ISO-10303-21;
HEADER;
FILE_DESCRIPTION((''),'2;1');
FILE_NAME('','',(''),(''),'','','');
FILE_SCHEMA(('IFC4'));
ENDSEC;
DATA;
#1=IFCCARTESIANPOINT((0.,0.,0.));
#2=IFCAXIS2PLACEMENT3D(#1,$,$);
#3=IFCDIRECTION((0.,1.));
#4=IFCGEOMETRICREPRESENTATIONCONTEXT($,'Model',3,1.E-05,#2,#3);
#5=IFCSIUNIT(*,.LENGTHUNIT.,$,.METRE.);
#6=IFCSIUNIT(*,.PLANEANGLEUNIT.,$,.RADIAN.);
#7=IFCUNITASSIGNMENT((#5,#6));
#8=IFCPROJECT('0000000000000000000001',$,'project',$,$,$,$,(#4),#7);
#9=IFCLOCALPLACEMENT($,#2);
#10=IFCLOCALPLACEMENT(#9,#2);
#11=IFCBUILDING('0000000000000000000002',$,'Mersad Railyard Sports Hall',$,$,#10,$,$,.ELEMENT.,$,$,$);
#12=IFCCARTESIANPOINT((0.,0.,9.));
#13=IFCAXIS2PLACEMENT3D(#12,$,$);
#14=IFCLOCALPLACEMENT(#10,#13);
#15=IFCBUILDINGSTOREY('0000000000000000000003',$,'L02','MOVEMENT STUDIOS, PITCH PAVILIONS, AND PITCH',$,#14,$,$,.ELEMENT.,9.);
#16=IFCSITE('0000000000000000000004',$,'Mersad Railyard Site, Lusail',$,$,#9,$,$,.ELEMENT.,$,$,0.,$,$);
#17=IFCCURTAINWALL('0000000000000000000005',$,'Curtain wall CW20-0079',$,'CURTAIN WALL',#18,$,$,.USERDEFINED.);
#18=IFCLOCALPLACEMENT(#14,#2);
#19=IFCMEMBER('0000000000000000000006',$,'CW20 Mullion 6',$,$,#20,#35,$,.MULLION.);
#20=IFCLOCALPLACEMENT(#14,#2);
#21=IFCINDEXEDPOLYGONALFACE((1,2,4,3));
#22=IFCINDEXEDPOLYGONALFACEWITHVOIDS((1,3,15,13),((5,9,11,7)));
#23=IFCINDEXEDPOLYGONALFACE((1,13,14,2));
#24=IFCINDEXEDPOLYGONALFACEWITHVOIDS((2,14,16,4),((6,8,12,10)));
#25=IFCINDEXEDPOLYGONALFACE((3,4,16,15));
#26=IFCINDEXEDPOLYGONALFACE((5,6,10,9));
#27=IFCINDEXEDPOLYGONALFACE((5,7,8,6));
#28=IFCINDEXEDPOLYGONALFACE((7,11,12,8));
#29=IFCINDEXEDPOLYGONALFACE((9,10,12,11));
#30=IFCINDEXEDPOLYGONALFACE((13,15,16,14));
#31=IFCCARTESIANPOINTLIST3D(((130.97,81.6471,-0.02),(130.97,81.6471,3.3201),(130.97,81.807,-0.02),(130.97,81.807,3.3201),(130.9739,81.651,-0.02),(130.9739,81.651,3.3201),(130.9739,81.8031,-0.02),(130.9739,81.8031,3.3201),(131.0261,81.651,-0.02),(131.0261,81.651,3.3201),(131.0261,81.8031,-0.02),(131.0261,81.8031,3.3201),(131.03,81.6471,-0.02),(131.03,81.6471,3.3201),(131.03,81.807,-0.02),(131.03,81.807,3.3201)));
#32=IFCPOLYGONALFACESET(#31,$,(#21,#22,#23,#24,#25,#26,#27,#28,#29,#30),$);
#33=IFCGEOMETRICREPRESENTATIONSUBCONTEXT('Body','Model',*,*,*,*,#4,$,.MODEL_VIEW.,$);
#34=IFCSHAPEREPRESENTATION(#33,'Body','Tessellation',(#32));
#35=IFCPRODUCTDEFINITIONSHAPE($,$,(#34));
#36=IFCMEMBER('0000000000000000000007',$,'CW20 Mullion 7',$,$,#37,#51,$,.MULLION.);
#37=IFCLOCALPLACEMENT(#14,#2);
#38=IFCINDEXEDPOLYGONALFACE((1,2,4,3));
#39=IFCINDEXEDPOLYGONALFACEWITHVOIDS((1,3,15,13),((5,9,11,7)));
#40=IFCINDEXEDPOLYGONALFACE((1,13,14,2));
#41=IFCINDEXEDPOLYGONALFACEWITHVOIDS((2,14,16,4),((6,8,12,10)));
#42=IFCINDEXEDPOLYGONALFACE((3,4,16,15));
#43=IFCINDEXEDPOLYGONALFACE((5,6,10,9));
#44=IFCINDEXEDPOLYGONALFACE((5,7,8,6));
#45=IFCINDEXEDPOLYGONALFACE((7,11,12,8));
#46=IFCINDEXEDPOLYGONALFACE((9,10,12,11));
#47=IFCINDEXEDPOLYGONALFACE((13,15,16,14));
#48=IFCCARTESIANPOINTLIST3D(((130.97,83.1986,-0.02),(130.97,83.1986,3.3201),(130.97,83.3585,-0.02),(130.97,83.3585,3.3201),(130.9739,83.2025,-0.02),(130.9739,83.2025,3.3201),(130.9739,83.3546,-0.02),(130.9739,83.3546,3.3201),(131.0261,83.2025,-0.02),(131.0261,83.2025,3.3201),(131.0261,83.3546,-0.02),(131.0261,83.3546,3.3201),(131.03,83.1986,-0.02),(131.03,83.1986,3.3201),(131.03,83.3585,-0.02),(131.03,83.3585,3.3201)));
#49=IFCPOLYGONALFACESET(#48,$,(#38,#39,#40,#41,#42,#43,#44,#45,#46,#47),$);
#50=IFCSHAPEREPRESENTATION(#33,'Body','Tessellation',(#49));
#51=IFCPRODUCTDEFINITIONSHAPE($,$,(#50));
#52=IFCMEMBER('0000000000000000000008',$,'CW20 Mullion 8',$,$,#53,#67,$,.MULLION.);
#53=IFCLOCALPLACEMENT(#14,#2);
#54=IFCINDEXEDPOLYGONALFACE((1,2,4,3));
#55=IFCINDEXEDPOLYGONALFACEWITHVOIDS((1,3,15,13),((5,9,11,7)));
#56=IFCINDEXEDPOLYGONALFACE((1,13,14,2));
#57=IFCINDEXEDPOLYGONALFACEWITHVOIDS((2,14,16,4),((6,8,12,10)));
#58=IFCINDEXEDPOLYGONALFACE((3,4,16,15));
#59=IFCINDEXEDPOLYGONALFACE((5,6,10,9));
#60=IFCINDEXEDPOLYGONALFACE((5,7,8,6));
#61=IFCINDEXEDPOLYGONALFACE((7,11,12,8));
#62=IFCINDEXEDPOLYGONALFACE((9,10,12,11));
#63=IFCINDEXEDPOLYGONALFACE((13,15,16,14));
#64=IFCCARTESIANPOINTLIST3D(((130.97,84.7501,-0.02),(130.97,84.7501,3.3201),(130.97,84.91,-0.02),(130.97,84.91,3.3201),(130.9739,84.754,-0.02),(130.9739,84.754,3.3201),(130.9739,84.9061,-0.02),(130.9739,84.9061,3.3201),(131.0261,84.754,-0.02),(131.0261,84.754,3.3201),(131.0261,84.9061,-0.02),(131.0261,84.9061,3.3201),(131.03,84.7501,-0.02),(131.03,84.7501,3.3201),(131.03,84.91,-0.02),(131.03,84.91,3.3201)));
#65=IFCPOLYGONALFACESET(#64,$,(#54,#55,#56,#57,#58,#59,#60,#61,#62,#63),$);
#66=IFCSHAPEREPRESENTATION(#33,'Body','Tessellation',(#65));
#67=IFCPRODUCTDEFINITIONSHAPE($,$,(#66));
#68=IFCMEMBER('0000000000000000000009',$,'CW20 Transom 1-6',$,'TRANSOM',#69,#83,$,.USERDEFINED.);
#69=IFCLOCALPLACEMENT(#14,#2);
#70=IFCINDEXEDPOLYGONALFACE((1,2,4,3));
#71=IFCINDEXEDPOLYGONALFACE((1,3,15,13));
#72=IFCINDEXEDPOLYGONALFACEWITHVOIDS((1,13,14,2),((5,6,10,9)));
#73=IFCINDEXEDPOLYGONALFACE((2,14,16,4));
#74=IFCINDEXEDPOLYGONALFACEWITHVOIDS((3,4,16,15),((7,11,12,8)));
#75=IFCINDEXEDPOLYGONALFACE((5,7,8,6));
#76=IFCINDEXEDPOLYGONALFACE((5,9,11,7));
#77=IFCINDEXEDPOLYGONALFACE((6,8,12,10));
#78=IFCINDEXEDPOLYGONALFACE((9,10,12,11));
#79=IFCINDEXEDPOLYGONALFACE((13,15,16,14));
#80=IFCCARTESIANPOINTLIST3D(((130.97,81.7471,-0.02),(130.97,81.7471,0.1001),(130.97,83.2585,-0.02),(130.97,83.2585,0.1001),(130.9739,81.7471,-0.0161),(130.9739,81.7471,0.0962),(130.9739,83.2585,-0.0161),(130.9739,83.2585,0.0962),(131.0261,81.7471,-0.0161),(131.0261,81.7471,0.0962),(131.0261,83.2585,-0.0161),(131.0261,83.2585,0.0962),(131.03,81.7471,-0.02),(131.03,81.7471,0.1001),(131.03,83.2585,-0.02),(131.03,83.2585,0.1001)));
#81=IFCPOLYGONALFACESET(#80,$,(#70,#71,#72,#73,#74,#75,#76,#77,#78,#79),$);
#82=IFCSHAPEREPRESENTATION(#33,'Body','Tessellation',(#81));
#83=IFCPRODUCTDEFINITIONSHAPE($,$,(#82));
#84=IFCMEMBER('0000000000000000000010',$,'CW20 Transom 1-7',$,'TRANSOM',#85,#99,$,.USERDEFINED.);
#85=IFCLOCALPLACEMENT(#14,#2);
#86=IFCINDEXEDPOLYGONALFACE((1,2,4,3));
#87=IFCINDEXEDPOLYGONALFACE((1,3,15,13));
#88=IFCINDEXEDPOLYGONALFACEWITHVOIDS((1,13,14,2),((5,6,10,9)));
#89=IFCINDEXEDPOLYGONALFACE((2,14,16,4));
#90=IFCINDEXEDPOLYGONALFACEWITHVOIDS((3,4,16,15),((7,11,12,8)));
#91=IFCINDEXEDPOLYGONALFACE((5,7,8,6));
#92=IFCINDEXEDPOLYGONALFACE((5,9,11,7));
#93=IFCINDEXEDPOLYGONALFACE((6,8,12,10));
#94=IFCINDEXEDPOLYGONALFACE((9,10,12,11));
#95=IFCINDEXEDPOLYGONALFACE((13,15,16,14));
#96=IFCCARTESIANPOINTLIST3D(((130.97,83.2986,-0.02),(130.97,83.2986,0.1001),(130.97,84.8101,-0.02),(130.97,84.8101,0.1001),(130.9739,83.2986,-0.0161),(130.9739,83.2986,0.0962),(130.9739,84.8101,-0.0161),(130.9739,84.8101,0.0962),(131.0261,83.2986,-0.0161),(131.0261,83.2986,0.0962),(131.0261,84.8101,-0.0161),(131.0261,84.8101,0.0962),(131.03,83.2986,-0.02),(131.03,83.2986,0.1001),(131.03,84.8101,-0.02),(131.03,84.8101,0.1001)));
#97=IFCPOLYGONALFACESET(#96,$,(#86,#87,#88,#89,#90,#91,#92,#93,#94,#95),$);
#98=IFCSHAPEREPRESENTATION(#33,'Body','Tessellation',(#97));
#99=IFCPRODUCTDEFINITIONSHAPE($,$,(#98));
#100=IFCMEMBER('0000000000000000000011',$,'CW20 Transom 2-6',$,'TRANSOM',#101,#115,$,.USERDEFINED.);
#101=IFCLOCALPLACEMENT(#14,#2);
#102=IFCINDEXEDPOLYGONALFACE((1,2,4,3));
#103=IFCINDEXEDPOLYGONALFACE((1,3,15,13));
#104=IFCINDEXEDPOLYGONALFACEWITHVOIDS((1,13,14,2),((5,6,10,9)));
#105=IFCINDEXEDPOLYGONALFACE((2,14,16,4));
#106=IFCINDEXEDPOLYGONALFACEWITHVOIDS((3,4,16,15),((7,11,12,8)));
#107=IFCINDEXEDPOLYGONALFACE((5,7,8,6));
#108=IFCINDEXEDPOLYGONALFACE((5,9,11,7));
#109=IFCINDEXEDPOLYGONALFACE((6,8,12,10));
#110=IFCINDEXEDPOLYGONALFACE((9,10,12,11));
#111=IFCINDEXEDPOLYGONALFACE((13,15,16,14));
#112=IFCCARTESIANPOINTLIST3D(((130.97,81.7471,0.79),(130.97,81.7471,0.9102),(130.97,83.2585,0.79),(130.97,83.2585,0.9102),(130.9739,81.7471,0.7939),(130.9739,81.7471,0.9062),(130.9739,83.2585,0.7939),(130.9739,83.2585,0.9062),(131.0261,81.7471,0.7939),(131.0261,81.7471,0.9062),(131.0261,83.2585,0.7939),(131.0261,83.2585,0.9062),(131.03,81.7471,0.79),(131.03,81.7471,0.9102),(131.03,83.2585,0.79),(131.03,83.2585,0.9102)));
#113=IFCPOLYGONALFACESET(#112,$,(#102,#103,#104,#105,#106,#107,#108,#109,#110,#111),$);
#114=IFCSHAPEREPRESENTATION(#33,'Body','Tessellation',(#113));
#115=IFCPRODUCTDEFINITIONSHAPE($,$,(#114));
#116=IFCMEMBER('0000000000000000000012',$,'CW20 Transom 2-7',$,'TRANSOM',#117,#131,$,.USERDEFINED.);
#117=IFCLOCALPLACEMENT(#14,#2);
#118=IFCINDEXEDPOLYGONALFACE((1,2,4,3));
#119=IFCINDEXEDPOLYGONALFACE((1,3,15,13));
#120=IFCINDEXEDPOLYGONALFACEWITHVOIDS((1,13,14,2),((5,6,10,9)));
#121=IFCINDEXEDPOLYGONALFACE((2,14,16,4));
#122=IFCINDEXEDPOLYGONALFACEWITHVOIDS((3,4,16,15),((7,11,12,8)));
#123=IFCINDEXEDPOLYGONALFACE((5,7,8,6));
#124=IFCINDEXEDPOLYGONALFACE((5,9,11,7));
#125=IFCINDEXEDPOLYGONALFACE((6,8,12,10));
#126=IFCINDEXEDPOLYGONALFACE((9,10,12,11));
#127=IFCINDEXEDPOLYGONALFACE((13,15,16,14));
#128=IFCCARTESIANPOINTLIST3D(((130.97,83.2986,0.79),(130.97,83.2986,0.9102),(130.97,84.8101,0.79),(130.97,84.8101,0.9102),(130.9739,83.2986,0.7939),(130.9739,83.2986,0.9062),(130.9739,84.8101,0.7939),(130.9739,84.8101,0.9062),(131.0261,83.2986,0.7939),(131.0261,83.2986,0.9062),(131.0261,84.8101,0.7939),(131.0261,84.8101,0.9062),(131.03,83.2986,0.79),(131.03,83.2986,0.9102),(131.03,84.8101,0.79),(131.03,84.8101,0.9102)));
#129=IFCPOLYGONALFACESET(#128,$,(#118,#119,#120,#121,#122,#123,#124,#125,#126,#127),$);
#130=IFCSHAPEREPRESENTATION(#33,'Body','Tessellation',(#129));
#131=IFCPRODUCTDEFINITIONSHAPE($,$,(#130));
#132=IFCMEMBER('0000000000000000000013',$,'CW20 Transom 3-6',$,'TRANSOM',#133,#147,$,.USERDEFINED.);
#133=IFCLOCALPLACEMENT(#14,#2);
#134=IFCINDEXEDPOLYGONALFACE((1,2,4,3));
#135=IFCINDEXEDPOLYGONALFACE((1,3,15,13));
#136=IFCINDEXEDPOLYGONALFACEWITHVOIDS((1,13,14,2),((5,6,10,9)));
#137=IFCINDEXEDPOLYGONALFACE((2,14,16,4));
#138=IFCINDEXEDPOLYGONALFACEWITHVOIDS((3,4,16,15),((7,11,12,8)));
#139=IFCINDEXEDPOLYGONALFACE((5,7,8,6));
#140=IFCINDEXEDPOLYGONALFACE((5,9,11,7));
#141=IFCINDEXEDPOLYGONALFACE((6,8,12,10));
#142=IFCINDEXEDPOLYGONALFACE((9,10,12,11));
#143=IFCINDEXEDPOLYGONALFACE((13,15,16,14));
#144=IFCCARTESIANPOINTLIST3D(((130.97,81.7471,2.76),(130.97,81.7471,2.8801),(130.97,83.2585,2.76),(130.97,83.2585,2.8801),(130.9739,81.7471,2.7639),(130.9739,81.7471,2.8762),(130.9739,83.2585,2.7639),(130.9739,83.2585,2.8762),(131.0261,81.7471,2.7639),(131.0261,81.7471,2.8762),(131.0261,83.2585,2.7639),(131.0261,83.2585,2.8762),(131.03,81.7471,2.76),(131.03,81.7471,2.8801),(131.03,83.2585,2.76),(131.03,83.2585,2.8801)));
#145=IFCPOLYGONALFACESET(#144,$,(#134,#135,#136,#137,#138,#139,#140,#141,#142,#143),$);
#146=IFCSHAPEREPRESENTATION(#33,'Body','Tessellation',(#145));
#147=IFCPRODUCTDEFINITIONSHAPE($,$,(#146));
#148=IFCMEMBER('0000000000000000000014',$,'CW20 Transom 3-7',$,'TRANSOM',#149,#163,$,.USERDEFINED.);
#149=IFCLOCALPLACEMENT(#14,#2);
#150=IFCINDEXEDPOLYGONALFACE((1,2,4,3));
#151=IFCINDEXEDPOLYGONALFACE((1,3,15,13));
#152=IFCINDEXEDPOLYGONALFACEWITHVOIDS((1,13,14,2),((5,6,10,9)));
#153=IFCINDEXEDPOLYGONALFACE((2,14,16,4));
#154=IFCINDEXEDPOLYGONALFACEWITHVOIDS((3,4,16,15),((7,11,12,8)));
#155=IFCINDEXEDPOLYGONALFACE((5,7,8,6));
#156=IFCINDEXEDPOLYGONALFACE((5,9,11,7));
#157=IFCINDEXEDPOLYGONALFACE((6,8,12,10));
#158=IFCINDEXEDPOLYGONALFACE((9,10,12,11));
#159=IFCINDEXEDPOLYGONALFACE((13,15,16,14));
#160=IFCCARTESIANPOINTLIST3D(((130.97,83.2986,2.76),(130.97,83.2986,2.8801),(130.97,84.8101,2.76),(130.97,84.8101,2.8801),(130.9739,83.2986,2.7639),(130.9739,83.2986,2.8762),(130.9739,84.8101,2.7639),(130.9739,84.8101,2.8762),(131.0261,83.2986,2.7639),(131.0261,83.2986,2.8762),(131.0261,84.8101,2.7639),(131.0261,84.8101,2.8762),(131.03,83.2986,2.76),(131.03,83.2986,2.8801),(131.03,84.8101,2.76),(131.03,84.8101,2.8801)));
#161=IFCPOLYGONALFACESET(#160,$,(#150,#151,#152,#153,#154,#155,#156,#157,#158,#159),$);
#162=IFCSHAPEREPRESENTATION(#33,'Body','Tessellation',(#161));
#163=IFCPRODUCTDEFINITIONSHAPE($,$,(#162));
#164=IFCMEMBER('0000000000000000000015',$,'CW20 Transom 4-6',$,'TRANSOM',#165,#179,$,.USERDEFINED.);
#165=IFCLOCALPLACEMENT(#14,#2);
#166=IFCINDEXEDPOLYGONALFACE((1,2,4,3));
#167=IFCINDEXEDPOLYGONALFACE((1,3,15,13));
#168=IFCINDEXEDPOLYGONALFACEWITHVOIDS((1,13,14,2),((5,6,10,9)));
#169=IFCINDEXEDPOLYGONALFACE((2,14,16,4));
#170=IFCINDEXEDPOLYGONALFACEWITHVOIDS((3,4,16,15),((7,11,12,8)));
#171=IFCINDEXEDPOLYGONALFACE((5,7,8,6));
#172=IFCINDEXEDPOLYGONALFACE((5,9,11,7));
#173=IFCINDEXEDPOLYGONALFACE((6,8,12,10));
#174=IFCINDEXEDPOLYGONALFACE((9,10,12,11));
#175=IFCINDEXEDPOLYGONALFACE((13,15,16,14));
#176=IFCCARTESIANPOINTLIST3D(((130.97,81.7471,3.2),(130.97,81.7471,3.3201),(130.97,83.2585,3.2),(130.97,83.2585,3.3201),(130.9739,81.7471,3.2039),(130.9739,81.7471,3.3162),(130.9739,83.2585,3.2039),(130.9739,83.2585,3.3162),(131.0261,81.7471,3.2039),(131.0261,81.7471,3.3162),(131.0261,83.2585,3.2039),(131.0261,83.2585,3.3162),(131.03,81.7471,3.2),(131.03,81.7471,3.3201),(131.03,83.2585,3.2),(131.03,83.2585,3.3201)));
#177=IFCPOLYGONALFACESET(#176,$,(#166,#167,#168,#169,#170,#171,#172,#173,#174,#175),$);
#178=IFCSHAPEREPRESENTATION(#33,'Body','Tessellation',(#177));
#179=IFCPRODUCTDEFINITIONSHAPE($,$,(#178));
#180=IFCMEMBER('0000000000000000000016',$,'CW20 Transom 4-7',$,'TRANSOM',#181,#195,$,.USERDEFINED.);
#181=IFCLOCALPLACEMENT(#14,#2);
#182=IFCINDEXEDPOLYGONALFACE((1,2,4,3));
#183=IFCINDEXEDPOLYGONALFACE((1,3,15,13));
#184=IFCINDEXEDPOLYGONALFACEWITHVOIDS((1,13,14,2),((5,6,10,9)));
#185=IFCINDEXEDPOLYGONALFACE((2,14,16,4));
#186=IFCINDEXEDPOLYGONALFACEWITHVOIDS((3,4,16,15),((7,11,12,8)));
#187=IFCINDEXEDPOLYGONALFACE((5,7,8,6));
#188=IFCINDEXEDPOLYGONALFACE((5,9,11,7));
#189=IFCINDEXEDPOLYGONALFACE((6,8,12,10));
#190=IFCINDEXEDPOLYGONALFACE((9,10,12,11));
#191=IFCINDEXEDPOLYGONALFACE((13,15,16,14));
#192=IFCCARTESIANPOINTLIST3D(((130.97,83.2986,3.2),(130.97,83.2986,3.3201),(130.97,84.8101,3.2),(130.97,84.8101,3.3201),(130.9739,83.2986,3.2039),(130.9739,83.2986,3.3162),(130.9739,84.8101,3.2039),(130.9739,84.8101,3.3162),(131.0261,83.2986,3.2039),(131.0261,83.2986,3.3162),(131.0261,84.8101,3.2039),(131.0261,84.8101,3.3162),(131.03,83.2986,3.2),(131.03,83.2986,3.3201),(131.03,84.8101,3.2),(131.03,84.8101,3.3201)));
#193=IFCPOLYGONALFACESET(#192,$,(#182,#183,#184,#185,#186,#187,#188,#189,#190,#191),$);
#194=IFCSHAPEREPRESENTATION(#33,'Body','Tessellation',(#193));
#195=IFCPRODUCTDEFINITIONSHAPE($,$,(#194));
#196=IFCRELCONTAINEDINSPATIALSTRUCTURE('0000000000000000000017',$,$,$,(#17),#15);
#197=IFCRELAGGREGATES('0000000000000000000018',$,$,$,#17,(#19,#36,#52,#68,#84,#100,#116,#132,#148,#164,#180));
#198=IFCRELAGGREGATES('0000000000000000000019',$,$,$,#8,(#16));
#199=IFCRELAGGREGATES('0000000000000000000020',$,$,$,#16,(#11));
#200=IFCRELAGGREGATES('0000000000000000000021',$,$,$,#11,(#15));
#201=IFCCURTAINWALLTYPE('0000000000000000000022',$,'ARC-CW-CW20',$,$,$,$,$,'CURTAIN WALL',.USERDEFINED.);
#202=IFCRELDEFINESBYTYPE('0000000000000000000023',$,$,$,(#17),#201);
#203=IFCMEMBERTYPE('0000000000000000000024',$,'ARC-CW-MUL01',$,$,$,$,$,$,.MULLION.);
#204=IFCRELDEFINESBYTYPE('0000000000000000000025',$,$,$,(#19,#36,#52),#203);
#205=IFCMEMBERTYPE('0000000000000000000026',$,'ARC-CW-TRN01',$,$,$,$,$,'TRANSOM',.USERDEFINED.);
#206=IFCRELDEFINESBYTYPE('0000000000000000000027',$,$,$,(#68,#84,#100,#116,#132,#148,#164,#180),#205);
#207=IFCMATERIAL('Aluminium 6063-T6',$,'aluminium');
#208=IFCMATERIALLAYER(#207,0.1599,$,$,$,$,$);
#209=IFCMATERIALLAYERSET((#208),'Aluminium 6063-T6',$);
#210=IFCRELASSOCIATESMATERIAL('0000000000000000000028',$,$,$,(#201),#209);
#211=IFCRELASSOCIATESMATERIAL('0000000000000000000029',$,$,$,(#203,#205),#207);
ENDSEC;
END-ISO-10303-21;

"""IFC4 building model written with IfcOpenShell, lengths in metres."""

from ifc_helpers import new_model, si_unit, direction, frame, origin, origin_2d, place, context, subcontext, project, spatial, hollow_rectangle, extrude, material, layer, layer_set, material_profile, profile_set, type_object, element, aggregate, save


model = new_model("IFC4")

# Units and contexts
model_context = context("Model", 3, precision=1e-05, world=origin(), true_north=direction((0.0, 1.0)))
body_context = subcontext(model_context, "Body", "Model", "MODEL_VIEW")
ifc_project = project(units=[si_unit("LENGTHUNIT", "METRE"), si_unit("PLANEANGLEUNIT", "RADIAN")], contexts=[model_context])

# Site, building, storey
site_placement = place(None, origin())
site = spatial("IfcSite", under=ifc_project, at=site_placement, Name="Mersad Railyard Site, Lusail", CompositionType="ELEMENT", RefElevation=0.0)
building_placement = place(site_placement, origin())
building = spatial("IfcBuilding", under=site, at=building_placement, Name="Mersad Railyard Sports Hall", CompositionType="ELEMENT")
storey_placement = place(building_placement, frame((0.0, 0.0, 9.0)))
storey = spatial("IfcBuildingStorey", under=building, at=storey_placement, Name="L02", Description="MOVEMENT STUDIOS, PITCH PAVILIONS, AND PITCH", CompositionType="ELEMENT", Elevation=9.0)

# Curtain wall, members
ifc_material_1 = material(Name="Aluminium 6063-T6", Category="aluminium")
ifc_layer_1 = layer(ifc_material_1, 0.1599)
ifc_layer_set_1 = layer_set([ifc_layer_1], Name="Aluminium 6063-T6")
curtain_wall_type_1 = type_object("IfcCurtainWallType", Name="ARC-CW-CW20", ElementType="CURTAIN WALL", PredefinedType="USERDEFINED", material=ifc_layer_set_1)
curtain_wall_1_placement = place(storey_placement, origin())
curtain_wall_1 = element("IfcCurtainWall", 1, at=curtain_wall_1_placement, inside=storey, type_object=curtain_wall_type_1, Name="Curtain wall CW20-0079", ObjectType="CURTAIN WALL", PredefinedType="USERDEFINED")
ifc_material_profile_1 = material_profile(ifc_material_1, hollow_rectangle(XDim=0.0601, YDim=0.1599, WallThickness=0.0039, at=origin_2d()), Name="AL MULLION 60x160x4")
ifc_profile_set_1 = profile_set([ifc_material_profile_1], Name="Aluminium 6063-T6")
member_type_1 = type_object("IfcMemberType", Name="ARC-CW-MUL01", PredefinedType="MULLION", material=ifc_profile_set_1)
member_1_placement = place(storey_placement, frame((131.0, 81.7271, -0.02), z_axis=(0.0, 0.0, 1.0), x_axis=(1.0, 0.0, 0.0)))
member_1 = element("IfcMember", 2, at=member_1_placement, type_object=member_type_1, Name="CW20 Mullion 6", PredefinedType="MULLION", context=body_context, shape_type="SweptSolid", body=[
    extrude(hollow_rectangle(XDim=0.0601, YDim=0.1599, WallThickness=0.0039, at=origin_2d()), origin(), (0.0, 0.0, 1.0), 3.3401),
])
member_2_placement = place(storey_placement, frame((131.0, 83.2786, -0.02), z_axis=(0.0, 0.0, 1.0), x_axis=(1.0, 0.0, 0.0)))
member_2 = element("IfcMember", 3, at=member_2_placement, type_object=member_type_1, Name="CW20 Mullion 7", PredefinedType="MULLION", context=body_context, shape_type="SweptSolid", body=[
    extrude(hollow_rectangle(XDim=0.0601, YDim=0.1599, WallThickness=0.0039, at=origin_2d()), origin(), (0.0, 0.0, 1.0), 3.3401),
])
member_3_placement = place(storey_placement, frame((131.0, 84.8301, -0.02), z_axis=(0.0, 0.0, 1.0), x_axis=(1.0, 0.0, 0.0)))
member_3 = element("IfcMember", 4, at=member_3_placement, type_object=member_type_1, Name="CW20 Mullion 8", PredefinedType="MULLION", context=body_context, shape_type="SweptSolid", body=[
    extrude(hollow_rectangle(XDim=0.0601, YDim=0.1599, WallThickness=0.0039, at=origin_2d()), origin(), (0.0, 0.0, 1.0), 3.3401),
])
ifc_material_profile_2 = material_profile(ifc_material_1, hollow_rectangle(XDim=0.0601, YDim=0.1201, WallThickness=0.0039, at=origin_2d()), Name="AL TRANSOM 60x120x4")
ifc_profile_set_2 = profile_set([ifc_material_profile_2], Name="Aluminium 6063-T6")
member_type_2 = type_object("IfcMemberType", Name="ARC-CW-TRN01", ElementType="TRANSOM", PredefinedType="USERDEFINED", material=ifc_profile_set_2)
member_4_placement = place(storey_placement, frame((131.0, 81.7471, 0.04), z_axis=(0.0, 1.0, 0.0), x_axis=(-1.0, 0.0, 0.0)))
member_4 = element("IfcMember", 5, at=member_4_placement, type_object=member_type_2, Name="CW20 Transom 1-6", ObjectType="TRANSOM", PredefinedType="USERDEFINED", context=body_context, shape_type="SweptSolid", body=[
    extrude(hollow_rectangle(XDim=0.0601, YDim=0.1201, WallThickness=0.0039, at=origin_2d()), origin(), (0.0, 0.0, 1.0), 1.5115),
])
member_5_placement = place(storey_placement, frame((131.0, 83.2986, 0.04), z_axis=(0.0, 1.0, 0.0), x_axis=(-1.0, 0.0, 0.0)))
member_5 = element("IfcMember", 6, at=member_5_placement, type_object=member_type_2, Name="CW20 Transom 1-7", ObjectType="TRANSOM", PredefinedType="USERDEFINED", context=body_context, shape_type="SweptSolid", body=[
    extrude(hollow_rectangle(XDim=0.0601, YDim=0.1201, WallThickness=0.0039, at=origin_2d()), origin(), (0.0, 0.0, 1.0), 1.5115),
])
member_6_placement = place(storey_placement, frame((131.0, 81.7471, 0.8501), z_axis=(0.0, 1.0, 0.0), x_axis=(-1.0, 0.0, 0.0)))
member_6 = element("IfcMember", 7, at=member_6_placement, type_object=member_type_2, Name="CW20 Transom 2-6", ObjectType="TRANSOM", PredefinedType="USERDEFINED", context=body_context, shape_type="SweptSolid", body=[
    extrude(hollow_rectangle(XDim=0.0601, YDim=0.1201, WallThickness=0.0039, at=origin_2d()), origin(), (0.0, 0.0, 1.0), 1.5115),
])
member_7_placement = place(storey_placement, frame((131.0, 83.2986, 0.8501), z_axis=(0.0, 1.0, 0.0), x_axis=(-1.0, 0.0, 0.0)))
member_7 = element("IfcMember", 8, at=member_7_placement, type_object=member_type_2, Name="CW20 Transom 2-7", ObjectType="TRANSOM", PredefinedType="USERDEFINED", context=body_context, shape_type="SweptSolid", body=[
    extrude(hollow_rectangle(XDim=0.0601, YDim=0.1201, WallThickness=0.0039, at=origin_2d()), origin(), (0.0, 0.0, 1.0), 1.5115),
])
member_8_placement = place(storey_placement, frame((131.0, 81.7471, 2.8201), z_axis=(0.0, 1.0, 0.0), x_axis=(-1.0, 0.0, 0.0)))
member_8 = element("IfcMember", 9, at=member_8_placement, type_object=member_type_2, Name="CW20 Transom 3-6", ObjectType="TRANSOM", PredefinedType="USERDEFINED", context=body_context, shape_type="SweptSolid", body=[
    extrude(hollow_rectangle(XDim=0.0601, YDim=0.1201, WallThickness=0.0039, at=origin_2d()), origin(), (0.0, 0.0, 1.0), 1.5115),
])
member_9_placement = place(storey_placement, frame((131.0, 83.2986, 2.8201), z_axis=(0.0, 1.0, 0.0), x_axis=(-1.0, 0.0, 0.0)))
member_9 = element("IfcMember", 10, at=member_9_placement, type_object=member_type_2, Name="CW20 Transom 3-7", ObjectType="TRANSOM", PredefinedType="USERDEFINED", context=body_context, shape_type="SweptSolid", body=[
    extrude(hollow_rectangle(XDim=0.0601, YDim=0.1201, WallThickness=0.0039, at=origin_2d()), origin(), (0.0, 0.0, 1.0), 1.5115),
])
member_10_placement = place(storey_placement, frame((131.0, 81.7471, 3.26), z_axis=(0.0, 1.0, 0.0), x_axis=(-1.0, 0.0, 0.0)))
member_10 = element("IfcMember", 11, at=member_10_placement, type_object=member_type_2, Name="CW20 Transom 4-6", ObjectType="TRANSOM", PredefinedType="USERDEFINED", context=body_context, shape_type="SweptSolid", body=[
    extrude(hollow_rectangle(XDim=0.0601, YDim=0.1201, WallThickness=0.0039, at=origin_2d()), origin(), (0.0, 0.0, 1.0), 1.5115),
])
member_11_placement = place(storey_placement, frame((131.0, 83.2986, 3.26), z_axis=(0.0, 1.0, 0.0), x_axis=(-1.0, 0.0, 0.0)))
member_11 = element("IfcMember", 12, at=member_11_placement, type_object=member_type_2, Name="CW20 Transom 4-7", ObjectType="TRANSOM", PredefinedType="USERDEFINED", context=body_context, shape_type="SweptSolid", body=[
    extrude(hollow_rectangle(XDim=0.0601, YDim=0.1201, WallThickness=0.0039, at=origin_2d()), origin(), (0.0, 0.0, 1.0), 1.5115),
])

aggregate(curtain_wall_1, [member_1, member_2, member_3, member_4, member_5, member_6, member_7, member_8, member_9, member_10, member_11])

save(model, "model.ifc")
